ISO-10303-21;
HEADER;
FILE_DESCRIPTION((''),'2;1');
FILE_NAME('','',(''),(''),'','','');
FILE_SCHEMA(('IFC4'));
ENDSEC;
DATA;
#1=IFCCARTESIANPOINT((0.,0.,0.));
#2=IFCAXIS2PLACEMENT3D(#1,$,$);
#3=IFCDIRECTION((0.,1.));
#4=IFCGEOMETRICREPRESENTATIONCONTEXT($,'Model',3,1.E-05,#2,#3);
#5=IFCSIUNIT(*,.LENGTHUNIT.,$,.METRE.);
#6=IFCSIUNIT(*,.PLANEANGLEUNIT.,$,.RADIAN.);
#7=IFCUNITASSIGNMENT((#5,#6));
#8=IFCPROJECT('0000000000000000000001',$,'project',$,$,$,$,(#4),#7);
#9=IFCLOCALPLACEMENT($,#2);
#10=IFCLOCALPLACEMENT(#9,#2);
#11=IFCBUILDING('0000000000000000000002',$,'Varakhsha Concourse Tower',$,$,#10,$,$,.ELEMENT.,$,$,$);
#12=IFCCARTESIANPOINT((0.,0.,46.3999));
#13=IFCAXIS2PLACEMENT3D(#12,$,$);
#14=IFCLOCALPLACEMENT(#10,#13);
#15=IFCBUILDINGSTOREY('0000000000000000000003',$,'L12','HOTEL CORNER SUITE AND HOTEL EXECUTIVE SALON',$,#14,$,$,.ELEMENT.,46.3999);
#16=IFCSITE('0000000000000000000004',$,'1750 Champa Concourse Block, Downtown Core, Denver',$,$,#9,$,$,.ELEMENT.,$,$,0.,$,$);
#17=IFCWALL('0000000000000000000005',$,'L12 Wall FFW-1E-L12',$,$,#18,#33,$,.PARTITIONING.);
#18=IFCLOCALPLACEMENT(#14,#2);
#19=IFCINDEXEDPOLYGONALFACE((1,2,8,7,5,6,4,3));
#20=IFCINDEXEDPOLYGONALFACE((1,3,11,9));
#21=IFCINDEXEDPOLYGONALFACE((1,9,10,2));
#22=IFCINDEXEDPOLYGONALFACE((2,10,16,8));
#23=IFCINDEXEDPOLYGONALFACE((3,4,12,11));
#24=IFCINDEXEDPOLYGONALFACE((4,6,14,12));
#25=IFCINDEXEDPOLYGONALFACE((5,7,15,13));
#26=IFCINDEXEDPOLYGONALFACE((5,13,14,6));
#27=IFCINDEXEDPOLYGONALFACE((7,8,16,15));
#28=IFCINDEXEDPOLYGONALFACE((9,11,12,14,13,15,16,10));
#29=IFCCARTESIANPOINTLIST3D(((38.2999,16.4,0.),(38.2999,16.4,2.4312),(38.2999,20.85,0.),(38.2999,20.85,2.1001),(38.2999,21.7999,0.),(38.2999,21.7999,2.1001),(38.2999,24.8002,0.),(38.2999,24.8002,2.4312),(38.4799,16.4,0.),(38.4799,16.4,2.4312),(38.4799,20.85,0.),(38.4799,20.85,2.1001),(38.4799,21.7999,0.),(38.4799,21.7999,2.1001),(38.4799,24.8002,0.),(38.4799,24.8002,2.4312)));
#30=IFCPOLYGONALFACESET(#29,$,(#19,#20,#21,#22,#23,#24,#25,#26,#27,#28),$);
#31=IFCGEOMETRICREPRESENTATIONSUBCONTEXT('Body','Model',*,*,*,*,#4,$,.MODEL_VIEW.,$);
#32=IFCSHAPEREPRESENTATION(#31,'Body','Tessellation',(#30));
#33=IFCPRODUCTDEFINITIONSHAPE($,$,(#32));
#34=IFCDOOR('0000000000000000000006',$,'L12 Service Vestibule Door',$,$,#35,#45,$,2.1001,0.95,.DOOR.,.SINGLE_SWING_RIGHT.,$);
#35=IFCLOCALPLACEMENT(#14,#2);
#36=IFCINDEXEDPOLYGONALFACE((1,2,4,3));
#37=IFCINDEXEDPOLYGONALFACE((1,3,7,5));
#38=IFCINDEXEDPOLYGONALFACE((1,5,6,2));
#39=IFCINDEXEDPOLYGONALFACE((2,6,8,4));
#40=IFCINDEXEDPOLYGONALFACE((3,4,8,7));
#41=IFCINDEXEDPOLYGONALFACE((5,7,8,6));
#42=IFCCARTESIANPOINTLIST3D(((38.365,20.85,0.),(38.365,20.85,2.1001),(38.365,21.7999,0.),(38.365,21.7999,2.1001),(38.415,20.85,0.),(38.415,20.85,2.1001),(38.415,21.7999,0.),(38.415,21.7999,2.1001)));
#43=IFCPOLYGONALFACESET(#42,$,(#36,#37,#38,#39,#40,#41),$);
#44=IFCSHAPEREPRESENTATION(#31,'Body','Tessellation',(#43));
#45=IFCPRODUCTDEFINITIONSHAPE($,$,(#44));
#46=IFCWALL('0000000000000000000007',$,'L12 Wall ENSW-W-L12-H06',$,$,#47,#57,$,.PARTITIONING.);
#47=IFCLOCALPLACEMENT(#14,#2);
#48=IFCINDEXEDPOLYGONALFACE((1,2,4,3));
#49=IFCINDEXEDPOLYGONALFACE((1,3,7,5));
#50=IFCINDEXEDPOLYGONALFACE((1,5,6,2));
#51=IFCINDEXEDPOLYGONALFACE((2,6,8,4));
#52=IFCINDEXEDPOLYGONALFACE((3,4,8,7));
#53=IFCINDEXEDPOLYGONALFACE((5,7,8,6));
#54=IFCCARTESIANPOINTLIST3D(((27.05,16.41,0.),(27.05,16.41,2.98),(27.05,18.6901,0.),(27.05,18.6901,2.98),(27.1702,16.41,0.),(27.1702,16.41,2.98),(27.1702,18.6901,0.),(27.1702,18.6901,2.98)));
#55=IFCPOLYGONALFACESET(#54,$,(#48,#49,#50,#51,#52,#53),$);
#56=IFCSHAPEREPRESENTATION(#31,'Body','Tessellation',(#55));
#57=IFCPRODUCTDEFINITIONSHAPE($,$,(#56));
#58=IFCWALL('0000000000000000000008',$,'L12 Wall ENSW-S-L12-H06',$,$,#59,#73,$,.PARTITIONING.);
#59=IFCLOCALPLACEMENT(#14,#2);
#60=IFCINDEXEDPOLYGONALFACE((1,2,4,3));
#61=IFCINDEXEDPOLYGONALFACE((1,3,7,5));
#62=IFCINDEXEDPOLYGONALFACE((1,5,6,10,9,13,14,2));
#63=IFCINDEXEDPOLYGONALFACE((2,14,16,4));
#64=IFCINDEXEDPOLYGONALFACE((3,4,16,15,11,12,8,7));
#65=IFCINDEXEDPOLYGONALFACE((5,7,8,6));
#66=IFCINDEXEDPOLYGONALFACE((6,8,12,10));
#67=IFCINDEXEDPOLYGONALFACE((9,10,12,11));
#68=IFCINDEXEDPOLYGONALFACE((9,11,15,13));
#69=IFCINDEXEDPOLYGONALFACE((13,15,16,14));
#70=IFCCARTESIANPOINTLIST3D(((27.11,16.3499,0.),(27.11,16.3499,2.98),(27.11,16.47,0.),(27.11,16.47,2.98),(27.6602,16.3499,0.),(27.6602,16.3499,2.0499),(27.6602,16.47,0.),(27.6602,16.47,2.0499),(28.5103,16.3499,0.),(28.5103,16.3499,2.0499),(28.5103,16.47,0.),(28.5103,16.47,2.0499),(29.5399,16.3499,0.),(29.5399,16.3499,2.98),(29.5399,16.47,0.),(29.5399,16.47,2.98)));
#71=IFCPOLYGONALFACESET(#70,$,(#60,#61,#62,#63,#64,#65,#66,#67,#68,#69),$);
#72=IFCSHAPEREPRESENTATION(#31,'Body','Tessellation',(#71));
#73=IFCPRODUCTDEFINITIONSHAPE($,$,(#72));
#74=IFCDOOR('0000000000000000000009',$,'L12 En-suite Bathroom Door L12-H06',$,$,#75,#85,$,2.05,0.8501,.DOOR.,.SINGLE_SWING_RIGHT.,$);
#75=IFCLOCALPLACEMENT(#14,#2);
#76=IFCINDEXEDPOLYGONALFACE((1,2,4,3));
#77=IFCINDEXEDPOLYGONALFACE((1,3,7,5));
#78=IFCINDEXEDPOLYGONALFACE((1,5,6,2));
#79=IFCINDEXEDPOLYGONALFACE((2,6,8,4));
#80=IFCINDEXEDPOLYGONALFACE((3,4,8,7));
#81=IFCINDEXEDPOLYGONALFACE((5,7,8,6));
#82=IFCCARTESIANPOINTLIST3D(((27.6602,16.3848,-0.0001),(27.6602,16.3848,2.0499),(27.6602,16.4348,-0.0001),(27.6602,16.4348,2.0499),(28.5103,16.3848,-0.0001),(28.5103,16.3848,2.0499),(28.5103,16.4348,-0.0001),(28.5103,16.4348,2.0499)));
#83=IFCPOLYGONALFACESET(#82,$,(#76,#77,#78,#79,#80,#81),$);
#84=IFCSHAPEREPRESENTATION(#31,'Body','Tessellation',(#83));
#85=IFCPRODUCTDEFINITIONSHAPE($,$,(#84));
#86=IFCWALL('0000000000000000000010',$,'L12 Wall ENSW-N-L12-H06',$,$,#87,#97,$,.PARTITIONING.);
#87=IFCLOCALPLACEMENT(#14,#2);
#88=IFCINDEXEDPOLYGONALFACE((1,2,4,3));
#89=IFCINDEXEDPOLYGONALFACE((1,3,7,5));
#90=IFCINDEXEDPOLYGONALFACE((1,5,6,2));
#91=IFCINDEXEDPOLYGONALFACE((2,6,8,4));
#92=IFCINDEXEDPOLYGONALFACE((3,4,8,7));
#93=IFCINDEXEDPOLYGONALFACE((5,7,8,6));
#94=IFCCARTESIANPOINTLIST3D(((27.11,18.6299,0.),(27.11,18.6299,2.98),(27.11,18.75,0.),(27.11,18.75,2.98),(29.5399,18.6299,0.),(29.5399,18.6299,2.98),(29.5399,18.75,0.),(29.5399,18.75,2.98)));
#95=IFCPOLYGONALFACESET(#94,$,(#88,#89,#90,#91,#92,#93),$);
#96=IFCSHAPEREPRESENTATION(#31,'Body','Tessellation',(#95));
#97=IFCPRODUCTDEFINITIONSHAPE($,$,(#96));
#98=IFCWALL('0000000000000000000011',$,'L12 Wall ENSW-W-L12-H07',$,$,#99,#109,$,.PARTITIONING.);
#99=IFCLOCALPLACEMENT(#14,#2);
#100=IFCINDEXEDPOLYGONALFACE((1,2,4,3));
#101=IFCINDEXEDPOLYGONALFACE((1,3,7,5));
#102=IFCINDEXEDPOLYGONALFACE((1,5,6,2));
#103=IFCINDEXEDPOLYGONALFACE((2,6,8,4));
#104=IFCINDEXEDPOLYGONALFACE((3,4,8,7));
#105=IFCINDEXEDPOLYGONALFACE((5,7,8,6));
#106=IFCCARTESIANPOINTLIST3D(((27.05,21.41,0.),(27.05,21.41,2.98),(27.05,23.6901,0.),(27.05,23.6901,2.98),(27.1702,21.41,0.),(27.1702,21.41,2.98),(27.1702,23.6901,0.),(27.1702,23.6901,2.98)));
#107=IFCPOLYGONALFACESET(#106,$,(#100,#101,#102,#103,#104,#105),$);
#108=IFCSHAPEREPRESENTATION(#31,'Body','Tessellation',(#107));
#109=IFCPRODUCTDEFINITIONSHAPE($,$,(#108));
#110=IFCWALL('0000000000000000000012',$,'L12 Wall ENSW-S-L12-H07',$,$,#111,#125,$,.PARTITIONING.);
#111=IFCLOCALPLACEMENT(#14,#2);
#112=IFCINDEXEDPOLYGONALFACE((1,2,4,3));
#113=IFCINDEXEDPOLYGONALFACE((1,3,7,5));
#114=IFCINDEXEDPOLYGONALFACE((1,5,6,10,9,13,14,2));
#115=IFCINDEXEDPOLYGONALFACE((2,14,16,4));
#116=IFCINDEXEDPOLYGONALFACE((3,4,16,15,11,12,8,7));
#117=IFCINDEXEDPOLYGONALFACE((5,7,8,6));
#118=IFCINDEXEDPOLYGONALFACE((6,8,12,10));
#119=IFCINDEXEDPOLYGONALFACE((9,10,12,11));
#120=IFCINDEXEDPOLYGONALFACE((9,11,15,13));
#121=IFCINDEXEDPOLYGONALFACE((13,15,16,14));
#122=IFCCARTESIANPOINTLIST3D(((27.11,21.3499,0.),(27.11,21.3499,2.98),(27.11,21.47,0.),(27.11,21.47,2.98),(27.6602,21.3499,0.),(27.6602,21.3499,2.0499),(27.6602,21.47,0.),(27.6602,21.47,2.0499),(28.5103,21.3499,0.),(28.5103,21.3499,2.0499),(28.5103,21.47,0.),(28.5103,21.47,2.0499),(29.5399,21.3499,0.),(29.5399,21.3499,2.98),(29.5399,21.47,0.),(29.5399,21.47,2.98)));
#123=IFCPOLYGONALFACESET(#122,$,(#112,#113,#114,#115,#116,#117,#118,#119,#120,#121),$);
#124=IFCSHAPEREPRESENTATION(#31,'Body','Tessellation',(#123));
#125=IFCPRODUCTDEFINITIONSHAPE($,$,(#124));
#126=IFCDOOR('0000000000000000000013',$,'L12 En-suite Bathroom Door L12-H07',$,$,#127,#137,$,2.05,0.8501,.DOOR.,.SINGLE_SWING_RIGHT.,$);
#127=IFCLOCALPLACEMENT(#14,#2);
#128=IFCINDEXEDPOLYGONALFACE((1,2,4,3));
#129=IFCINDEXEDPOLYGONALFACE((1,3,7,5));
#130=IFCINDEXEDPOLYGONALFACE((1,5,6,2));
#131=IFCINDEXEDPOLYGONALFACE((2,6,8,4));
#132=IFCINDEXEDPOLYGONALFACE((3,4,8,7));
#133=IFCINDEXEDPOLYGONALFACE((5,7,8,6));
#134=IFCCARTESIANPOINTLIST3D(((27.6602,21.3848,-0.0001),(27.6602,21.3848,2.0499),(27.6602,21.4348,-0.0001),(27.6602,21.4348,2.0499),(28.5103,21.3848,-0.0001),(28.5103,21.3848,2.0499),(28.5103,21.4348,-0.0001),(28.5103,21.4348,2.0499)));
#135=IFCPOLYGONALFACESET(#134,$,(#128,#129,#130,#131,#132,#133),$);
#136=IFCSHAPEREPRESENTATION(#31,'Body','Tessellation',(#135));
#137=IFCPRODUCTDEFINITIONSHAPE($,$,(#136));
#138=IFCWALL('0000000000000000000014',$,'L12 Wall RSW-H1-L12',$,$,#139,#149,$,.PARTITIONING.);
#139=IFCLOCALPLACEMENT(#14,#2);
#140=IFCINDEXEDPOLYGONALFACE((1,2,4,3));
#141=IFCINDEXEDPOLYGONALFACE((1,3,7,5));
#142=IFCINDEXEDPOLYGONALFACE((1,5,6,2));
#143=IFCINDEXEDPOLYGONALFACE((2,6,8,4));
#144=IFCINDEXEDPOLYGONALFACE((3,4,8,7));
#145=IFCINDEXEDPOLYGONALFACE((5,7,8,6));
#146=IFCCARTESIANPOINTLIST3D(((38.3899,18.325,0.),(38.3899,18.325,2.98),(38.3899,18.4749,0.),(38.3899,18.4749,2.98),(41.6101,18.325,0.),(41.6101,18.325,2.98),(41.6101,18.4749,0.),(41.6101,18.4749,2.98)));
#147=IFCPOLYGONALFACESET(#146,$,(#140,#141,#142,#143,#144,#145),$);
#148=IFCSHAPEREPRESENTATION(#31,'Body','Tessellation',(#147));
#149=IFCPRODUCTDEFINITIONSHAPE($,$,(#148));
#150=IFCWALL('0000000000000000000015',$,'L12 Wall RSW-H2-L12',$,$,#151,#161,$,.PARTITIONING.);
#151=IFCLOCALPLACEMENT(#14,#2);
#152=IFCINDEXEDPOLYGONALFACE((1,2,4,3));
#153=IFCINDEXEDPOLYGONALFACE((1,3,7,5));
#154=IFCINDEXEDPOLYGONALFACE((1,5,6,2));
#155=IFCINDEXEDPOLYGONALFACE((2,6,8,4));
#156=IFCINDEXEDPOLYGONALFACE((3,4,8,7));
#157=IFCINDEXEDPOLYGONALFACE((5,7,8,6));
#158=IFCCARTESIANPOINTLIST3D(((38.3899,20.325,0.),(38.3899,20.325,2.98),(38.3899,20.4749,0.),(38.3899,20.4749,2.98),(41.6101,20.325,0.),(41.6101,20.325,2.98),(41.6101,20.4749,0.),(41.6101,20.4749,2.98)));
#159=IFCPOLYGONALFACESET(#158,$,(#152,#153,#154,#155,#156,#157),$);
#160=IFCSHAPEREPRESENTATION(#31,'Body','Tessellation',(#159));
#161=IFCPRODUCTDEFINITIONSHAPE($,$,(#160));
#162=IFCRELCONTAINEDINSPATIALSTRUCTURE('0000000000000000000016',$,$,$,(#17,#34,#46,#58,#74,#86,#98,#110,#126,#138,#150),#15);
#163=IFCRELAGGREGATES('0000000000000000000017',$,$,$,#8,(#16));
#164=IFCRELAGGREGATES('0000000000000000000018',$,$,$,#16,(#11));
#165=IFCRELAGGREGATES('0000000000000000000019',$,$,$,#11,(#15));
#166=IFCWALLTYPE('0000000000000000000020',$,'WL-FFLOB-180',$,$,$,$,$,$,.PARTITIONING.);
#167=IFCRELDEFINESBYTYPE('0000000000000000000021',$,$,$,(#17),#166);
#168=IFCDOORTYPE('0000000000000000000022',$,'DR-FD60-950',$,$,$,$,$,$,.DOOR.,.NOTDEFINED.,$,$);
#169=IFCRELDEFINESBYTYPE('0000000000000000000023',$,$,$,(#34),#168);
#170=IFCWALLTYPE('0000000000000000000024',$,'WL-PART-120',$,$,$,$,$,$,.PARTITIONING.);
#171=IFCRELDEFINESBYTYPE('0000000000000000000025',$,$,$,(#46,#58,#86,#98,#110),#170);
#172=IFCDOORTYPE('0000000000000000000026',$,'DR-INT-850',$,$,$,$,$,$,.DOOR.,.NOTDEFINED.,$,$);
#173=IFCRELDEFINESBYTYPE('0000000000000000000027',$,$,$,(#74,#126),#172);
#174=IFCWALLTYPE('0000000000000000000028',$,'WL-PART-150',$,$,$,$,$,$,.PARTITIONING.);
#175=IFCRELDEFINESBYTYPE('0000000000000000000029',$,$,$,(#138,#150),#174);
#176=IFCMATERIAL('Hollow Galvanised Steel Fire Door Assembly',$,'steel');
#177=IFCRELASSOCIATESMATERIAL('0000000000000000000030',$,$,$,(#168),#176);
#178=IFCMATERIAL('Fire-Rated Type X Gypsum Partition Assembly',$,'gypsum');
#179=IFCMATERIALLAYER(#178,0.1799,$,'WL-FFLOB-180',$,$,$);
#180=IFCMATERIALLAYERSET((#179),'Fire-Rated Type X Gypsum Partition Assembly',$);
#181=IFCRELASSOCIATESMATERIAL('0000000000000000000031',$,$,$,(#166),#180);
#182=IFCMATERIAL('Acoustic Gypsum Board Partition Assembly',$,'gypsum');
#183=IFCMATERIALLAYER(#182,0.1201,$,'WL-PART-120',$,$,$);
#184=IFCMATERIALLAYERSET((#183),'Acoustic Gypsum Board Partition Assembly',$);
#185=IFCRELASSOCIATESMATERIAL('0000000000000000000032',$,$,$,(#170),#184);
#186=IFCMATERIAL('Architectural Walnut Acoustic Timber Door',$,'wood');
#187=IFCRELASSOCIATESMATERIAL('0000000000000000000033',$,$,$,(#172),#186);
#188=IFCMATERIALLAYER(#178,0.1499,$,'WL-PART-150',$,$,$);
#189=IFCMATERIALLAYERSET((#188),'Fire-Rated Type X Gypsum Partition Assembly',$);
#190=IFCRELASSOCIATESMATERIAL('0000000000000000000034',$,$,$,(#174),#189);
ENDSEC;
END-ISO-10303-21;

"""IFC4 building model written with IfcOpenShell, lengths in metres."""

from ifc_helpers import new_model, si_unit, direction, frame, frame_2d, origin, place, context, subcontext, project, spatial, rectangle, extrude, material, layer, layer_set, type_object, element, fill, save


model = new_model("IFC4")

# Units and contexts
model_context = context("Model", 3, precision=1e-05, world=origin(), true_north=direction((0.0, 1.0)))
body_context = subcontext(model_context, "Body", "Model", "MODEL_VIEW")
ifc_project = project(units=[si_unit("LENGTHUNIT", "METRE"), si_unit("PLANEANGLEUNIT", "RADIAN")], contexts=[model_context])

# Site, building, storey
site_placement = place(None, origin())
site = spatial("IfcSite", under=ifc_project, at=site_placement, Name="1750 Champa Concourse Block, Downtown Core, Denver", CompositionType="ELEMENT", RefElevation=0.0)
building_placement = place(site_placement, origin())
building = spatial("IfcBuilding", under=site, at=building_placement, Name="Varakhsha Concourse Tower", CompositionType="ELEMENT")
storey_placement = place(building_placement, frame((0.0, 0.0, 46.3999)))
storey = spatial("IfcBuildingStorey", under=building, at=storey_placement, Name="L12", Description="HOTEL CORNER SUITE AND HOTEL EXECUTIVE SALON", CompositionType="ELEMENT", Elevation=46.3999)

# Shared definitions
ifc_material_1 = material(Name="Hollow Galvanised Steel Fire Door Assembly", Category="steel")
door_type_1 = type_object("IfcDoorType", Name="DR-FD60-950", OperationType="NOTDEFINED", PredefinedType="DOOR", material=ifc_material_1)

# Wall, opening, door
ifc_material_2 = material(Name="Fire-Rated Type X Gypsum Partition Assembly", Category="gypsum")
ifc_layer_1 = layer(ifc_material_2, 0.1799, Name="WL-FFLOB-180")
ifc_layer_set_1 = layer_set([ifc_layer_1], Name="Fire-Rated Type X Gypsum Partition Assembly")
wall_type_1 = type_object("IfcWallType", Name="WL-FFLOB-180", PredefinedType="PARTITIONING", material=ifc_layer_set_1)
wall_1_placement = place(storey_placement, frame((38.3899, 16.3999, 0.0), z_axis=(0.0, 0.0, 1.0), x_axis=(0.0, 1.0, 0.0)))
wall_1 = element("IfcWall", 1, at=wall_1_placement, inside=storey, type_object=wall_type_1, Name="L12 Wall FFW-1E-L12", PredefinedType="PARTITIONING", context=body_context, shape_type="SweptSolid", body=[
    extrude(rectangle(XDim=8.4001, YDim=0.1799, at=frame_2d((4.2002, 0.0))), origin(), (0.0, 0.0, 1.0), 2.4312),
])
opening_1_placement = place(wall_1_placement, frame((4.45, 0.0, 0.0)))
opening_1 = element("IfcOpeningElement", 2, at=opening_1_placement, cuts=wall_1, PredefinedType="OPENING", context=body_context, shape_type="SweptSolid", body=[
    extrude(rectangle(XDim=0.95, YDim=2.1001, at=frame_2d((0.4751, 1.05))), frame((0.0, 0.0999, 0.0), z_axis=(0.0, -1.0, 0.0), x_axis=(1.0, 0.0, 0.0)), (0.0, 0.0, 1.0), 0.2),
])
door_1_placement = place(opening_1_placement, origin())
door_1 = element("IfcDoor", 3, at=door_1_placement, inside=storey, type_object=door_type_1, Name="L12 Service Vestibule Door", OperationType="SINGLE_SWING_RIGHT", OverallHeight=2.1001, OverallWidth=0.95, PredefinedType="DOOR", context=body_context, shape_type="SweptSolid", body=[
    extrude(rectangle(XDim=0.95, YDim=2.1001, at=frame_2d((0.4751, 1.05))), frame((0.0, 0.0249, 0.0), z_axis=(0.0, -1.0, 0.0), x_axis=(1.0, 0.0, 0.0)), (0.0, 0.0, 1.0), 0.05),
])
fill(opening_1, door_1)

# Wall
ifc_material_3 = material(Name="Acoustic Gypsum Board Partition Assembly", Category="gypsum")
ifc_layer_2 = layer(ifc_material_3, 0.1201, Name="WL-PART-120")
ifc_layer_set_2 = layer_set([ifc_layer_2], Name="Acoustic Gypsum Board Partition Assembly")
wall_type_2 = type_object("IfcWallType", Name="WL-PART-120", PredefinedType="PARTITIONING", material=ifc_layer_set_2)
wall_2_placement = place(storey_placement, frame((27.1101, 16.4099, 0.0), z_axis=(0.0, 0.0, 1.0), x_axis=(0.0, 1.0, 0.0)))
element("IfcWall", 4, at=wall_2_placement, inside=storey, type_object=wall_type_2, Name="L12 Wall ENSW-W-L12-H06", PredefinedType="PARTITIONING", context=body_context, shape_type="SweptSolid", body=[
    extrude(rectangle(XDim=2.28, YDim=0.1201, at=frame_2d((1.1401, 0.0))), origin(), (0.0, 0.0, 1.0), 2.98),
])

# Wall, opening, door
wall_3_placement = place(storey_placement, frame((27.1101, 16.4099, 0.0), z_axis=(0.0, 0.0, 1.0), x_axis=(1.0, 0.0, 0.0)))
wall_3 = element("IfcWall", 5, at=wall_3_placement, inside=storey, type_object=wall_type_2, Name="L12 Wall ENSW-S-L12-H06", PredefinedType="PARTITIONING", context=body_context, shape_type="SweptSolid", body=[
    extrude(rectangle(XDim=2.4299, YDim=0.1201, at=frame_2d((1.2148, 0.0))), origin(), (0.0, 0.0, 1.0), 2.98),
])
opening_2_placement = place(wall_3_placement, frame((0.55, 0.0, 0.0)))
opening_2 = element("IfcOpeningElement", 6, at=opening_2_placement, cuts=wall_3, PredefinedType="OPENING", context=body_context, shape_type="SweptSolid", body=[
    extrude(rectangle(XDim=0.8501, YDim=2.05, at=frame_2d((0.425, 1.0249))), frame((0.0, 0.0701, 0.0), z_axis=(0.0, -1.0, 0.0), x_axis=(1.0, 0.0, 0.0)), (0.0, 0.0, 1.0), 0.1401),
])
ifc_material_4 = material(Name="Architectural Walnut Acoustic Timber Door", Category="wood")
door_type_2 = type_object("IfcDoorType", Name="DR-INT-850", OperationType="NOTDEFINED", PredefinedType="DOOR", material=ifc_material_4)
door_2_placement = place(opening_2_placement, origin())
door_2 = element("IfcDoor", 7, at=door_2_placement, inside=storey, type_object=door_type_2, Name="L12 En-suite Bathroom Door L12-H06", OperationType="SINGLE_SWING_RIGHT", OverallHeight=2.05, OverallWidth=0.8501, PredefinedType="DOOR", context=body_context, shape_type="SweptSolid", body=[
    extrude(rectangle(XDim=0.8501, YDim=2.05, at=frame_2d((0.425, 1.0249))), frame((0.0, 0.0249, 0.0), z_axis=(0.0, -1.0, 0.0), x_axis=(1.0, 0.0, 0.0)), (0.0, 0.0, 1.0), 0.05),
])
fill(opening_2, door_2)

# Walls
wall_4_placement = place(storey_placement, frame((27.1101, 18.6899, 0.0), z_axis=(0.0, 0.0, 1.0), x_axis=(1.0, 0.0, 0.0)))
element("IfcWall", 8, at=wall_4_placement, inside=storey, type_object=wall_type_2, Name="L12 Wall ENSW-N-L12-H06", PredefinedType="PARTITIONING", context=body_context, shape_type="SweptSolid", body=[
    extrude(rectangle(XDim=2.4299, YDim=0.1201, at=frame_2d((1.2148, 0.0))), origin(), (0.0, 0.0, 1.0), 2.98),
])
wall_5_placement = place(storey_placement, frame((27.1101, 21.4099, 0.0), z_axis=(0.0, 0.0, 1.0), x_axis=(0.0, 1.0, 0.0)))
element("IfcWall", 9, at=wall_5_placement, inside=storey, type_object=wall_type_2, Name="L12 Wall ENSW-W-L12-H07", PredefinedType="PARTITIONING", context=body_context, shape_type="SweptSolid", body=[
    extrude(rectangle(XDim=2.28, YDim=0.1201, at=frame_2d((1.1401, 0.0))), origin(), (0.0, 0.0, 1.0), 2.98),
])

# Wall, opening, door
wall_6_placement = place(storey_placement, frame((27.1101, 21.4099, 0.0), z_axis=(0.0, 0.0, 1.0), x_axis=(1.0, 0.0, 0.0)))
wall_6 = element("IfcWall", 10, at=wall_6_placement, inside=storey, type_object=wall_type_2, Name="L12 Wall ENSW-S-L12-H07", PredefinedType="PARTITIONING", context=body_context, shape_type="SweptSolid", body=[
    extrude(rectangle(XDim=2.4299, YDim=0.1201, at=frame_2d((1.2148, 0.0))), origin(), (0.0, 0.0, 1.0), 2.98),
])
opening_3_placement = place(wall_6_placement, frame((0.55, 0.0, 0.0)))
opening_3 = element("IfcOpeningElement", 11, at=opening_3_placement, cuts=wall_6, PredefinedType="OPENING", context=body_context, shape_type="SweptSolid", body=[
    extrude(rectangle(XDim=0.8501, YDim=2.05, at=frame_2d((0.425, 1.0249))), frame((0.0, 0.0701, 0.0), z_axis=(0.0, -1.0, 0.0), x_axis=(1.0, 0.0, 0.0)), (0.0, 0.0, 1.0), 0.1401),
])
door_3_placement = place(opening_3_placement, origin())
door_3 = element("IfcDoor", 12, at=door_3_placement, inside=storey, type_object=door_type_2, Name="L12 En-suite Bathroom Door L12-H07", OperationType="SINGLE_SWING_RIGHT", OverallHeight=2.05, OverallWidth=0.8501, PredefinedType="DOOR", context=body_context, shape_type="SweptSolid", body=[
    extrude(rectangle(XDim=0.8501, YDim=2.05, at=frame_2d((0.425, 1.0249))), frame((0.0, 0.0249, 0.0), z_axis=(0.0, -1.0, 0.0), x_axis=(1.0, 0.0, 0.0)), (0.0, 0.0, 1.0), 0.05),
])
fill(opening_3, door_3)

# Walls
ifc_layer_3 = layer(ifc_material_2, 0.1499, Name="WL-PART-150")
ifc_layer_set_3 = layer_set([ifc_layer_3], Name="Fire-Rated Type X Gypsum Partition Assembly")
wall_type_3 = type_object("IfcWallType", Name="WL-PART-150", PredefinedType="PARTITIONING", material=ifc_layer_set_3)
for number, where, z_axis, x_axis, name in (
    (13, (38.3899, 18.3999, 0.0), (0.0, 0.0, 1.0), (1.0, 0.0, 0.0), "L12 Wall RSW-H1-L12"),
    (14, (38.3899, 20.3999, 0.0), (0.0, 0.0, 1.0), (1.0, 0.0, 0.0), "L12 Wall RSW-H2-L12"),
):
    element("IfcWall", number, at=place(storey_placement, frame(where, z_axis=z_axis, x_axis=x_axis)), inside=storey, type_object=wall_type_3, Name=name, PredefinedType="PARTITIONING", context=body_context, shape_type="SweptSolid", body=[
        extrude(rectangle(XDim=3.2202, YDim=0.1499, at=frame_2d((1.6101, 0.0))), origin(), (0.0, 0.0, 1.0), 2.98),
    ])

save(model, "model.ifc")
